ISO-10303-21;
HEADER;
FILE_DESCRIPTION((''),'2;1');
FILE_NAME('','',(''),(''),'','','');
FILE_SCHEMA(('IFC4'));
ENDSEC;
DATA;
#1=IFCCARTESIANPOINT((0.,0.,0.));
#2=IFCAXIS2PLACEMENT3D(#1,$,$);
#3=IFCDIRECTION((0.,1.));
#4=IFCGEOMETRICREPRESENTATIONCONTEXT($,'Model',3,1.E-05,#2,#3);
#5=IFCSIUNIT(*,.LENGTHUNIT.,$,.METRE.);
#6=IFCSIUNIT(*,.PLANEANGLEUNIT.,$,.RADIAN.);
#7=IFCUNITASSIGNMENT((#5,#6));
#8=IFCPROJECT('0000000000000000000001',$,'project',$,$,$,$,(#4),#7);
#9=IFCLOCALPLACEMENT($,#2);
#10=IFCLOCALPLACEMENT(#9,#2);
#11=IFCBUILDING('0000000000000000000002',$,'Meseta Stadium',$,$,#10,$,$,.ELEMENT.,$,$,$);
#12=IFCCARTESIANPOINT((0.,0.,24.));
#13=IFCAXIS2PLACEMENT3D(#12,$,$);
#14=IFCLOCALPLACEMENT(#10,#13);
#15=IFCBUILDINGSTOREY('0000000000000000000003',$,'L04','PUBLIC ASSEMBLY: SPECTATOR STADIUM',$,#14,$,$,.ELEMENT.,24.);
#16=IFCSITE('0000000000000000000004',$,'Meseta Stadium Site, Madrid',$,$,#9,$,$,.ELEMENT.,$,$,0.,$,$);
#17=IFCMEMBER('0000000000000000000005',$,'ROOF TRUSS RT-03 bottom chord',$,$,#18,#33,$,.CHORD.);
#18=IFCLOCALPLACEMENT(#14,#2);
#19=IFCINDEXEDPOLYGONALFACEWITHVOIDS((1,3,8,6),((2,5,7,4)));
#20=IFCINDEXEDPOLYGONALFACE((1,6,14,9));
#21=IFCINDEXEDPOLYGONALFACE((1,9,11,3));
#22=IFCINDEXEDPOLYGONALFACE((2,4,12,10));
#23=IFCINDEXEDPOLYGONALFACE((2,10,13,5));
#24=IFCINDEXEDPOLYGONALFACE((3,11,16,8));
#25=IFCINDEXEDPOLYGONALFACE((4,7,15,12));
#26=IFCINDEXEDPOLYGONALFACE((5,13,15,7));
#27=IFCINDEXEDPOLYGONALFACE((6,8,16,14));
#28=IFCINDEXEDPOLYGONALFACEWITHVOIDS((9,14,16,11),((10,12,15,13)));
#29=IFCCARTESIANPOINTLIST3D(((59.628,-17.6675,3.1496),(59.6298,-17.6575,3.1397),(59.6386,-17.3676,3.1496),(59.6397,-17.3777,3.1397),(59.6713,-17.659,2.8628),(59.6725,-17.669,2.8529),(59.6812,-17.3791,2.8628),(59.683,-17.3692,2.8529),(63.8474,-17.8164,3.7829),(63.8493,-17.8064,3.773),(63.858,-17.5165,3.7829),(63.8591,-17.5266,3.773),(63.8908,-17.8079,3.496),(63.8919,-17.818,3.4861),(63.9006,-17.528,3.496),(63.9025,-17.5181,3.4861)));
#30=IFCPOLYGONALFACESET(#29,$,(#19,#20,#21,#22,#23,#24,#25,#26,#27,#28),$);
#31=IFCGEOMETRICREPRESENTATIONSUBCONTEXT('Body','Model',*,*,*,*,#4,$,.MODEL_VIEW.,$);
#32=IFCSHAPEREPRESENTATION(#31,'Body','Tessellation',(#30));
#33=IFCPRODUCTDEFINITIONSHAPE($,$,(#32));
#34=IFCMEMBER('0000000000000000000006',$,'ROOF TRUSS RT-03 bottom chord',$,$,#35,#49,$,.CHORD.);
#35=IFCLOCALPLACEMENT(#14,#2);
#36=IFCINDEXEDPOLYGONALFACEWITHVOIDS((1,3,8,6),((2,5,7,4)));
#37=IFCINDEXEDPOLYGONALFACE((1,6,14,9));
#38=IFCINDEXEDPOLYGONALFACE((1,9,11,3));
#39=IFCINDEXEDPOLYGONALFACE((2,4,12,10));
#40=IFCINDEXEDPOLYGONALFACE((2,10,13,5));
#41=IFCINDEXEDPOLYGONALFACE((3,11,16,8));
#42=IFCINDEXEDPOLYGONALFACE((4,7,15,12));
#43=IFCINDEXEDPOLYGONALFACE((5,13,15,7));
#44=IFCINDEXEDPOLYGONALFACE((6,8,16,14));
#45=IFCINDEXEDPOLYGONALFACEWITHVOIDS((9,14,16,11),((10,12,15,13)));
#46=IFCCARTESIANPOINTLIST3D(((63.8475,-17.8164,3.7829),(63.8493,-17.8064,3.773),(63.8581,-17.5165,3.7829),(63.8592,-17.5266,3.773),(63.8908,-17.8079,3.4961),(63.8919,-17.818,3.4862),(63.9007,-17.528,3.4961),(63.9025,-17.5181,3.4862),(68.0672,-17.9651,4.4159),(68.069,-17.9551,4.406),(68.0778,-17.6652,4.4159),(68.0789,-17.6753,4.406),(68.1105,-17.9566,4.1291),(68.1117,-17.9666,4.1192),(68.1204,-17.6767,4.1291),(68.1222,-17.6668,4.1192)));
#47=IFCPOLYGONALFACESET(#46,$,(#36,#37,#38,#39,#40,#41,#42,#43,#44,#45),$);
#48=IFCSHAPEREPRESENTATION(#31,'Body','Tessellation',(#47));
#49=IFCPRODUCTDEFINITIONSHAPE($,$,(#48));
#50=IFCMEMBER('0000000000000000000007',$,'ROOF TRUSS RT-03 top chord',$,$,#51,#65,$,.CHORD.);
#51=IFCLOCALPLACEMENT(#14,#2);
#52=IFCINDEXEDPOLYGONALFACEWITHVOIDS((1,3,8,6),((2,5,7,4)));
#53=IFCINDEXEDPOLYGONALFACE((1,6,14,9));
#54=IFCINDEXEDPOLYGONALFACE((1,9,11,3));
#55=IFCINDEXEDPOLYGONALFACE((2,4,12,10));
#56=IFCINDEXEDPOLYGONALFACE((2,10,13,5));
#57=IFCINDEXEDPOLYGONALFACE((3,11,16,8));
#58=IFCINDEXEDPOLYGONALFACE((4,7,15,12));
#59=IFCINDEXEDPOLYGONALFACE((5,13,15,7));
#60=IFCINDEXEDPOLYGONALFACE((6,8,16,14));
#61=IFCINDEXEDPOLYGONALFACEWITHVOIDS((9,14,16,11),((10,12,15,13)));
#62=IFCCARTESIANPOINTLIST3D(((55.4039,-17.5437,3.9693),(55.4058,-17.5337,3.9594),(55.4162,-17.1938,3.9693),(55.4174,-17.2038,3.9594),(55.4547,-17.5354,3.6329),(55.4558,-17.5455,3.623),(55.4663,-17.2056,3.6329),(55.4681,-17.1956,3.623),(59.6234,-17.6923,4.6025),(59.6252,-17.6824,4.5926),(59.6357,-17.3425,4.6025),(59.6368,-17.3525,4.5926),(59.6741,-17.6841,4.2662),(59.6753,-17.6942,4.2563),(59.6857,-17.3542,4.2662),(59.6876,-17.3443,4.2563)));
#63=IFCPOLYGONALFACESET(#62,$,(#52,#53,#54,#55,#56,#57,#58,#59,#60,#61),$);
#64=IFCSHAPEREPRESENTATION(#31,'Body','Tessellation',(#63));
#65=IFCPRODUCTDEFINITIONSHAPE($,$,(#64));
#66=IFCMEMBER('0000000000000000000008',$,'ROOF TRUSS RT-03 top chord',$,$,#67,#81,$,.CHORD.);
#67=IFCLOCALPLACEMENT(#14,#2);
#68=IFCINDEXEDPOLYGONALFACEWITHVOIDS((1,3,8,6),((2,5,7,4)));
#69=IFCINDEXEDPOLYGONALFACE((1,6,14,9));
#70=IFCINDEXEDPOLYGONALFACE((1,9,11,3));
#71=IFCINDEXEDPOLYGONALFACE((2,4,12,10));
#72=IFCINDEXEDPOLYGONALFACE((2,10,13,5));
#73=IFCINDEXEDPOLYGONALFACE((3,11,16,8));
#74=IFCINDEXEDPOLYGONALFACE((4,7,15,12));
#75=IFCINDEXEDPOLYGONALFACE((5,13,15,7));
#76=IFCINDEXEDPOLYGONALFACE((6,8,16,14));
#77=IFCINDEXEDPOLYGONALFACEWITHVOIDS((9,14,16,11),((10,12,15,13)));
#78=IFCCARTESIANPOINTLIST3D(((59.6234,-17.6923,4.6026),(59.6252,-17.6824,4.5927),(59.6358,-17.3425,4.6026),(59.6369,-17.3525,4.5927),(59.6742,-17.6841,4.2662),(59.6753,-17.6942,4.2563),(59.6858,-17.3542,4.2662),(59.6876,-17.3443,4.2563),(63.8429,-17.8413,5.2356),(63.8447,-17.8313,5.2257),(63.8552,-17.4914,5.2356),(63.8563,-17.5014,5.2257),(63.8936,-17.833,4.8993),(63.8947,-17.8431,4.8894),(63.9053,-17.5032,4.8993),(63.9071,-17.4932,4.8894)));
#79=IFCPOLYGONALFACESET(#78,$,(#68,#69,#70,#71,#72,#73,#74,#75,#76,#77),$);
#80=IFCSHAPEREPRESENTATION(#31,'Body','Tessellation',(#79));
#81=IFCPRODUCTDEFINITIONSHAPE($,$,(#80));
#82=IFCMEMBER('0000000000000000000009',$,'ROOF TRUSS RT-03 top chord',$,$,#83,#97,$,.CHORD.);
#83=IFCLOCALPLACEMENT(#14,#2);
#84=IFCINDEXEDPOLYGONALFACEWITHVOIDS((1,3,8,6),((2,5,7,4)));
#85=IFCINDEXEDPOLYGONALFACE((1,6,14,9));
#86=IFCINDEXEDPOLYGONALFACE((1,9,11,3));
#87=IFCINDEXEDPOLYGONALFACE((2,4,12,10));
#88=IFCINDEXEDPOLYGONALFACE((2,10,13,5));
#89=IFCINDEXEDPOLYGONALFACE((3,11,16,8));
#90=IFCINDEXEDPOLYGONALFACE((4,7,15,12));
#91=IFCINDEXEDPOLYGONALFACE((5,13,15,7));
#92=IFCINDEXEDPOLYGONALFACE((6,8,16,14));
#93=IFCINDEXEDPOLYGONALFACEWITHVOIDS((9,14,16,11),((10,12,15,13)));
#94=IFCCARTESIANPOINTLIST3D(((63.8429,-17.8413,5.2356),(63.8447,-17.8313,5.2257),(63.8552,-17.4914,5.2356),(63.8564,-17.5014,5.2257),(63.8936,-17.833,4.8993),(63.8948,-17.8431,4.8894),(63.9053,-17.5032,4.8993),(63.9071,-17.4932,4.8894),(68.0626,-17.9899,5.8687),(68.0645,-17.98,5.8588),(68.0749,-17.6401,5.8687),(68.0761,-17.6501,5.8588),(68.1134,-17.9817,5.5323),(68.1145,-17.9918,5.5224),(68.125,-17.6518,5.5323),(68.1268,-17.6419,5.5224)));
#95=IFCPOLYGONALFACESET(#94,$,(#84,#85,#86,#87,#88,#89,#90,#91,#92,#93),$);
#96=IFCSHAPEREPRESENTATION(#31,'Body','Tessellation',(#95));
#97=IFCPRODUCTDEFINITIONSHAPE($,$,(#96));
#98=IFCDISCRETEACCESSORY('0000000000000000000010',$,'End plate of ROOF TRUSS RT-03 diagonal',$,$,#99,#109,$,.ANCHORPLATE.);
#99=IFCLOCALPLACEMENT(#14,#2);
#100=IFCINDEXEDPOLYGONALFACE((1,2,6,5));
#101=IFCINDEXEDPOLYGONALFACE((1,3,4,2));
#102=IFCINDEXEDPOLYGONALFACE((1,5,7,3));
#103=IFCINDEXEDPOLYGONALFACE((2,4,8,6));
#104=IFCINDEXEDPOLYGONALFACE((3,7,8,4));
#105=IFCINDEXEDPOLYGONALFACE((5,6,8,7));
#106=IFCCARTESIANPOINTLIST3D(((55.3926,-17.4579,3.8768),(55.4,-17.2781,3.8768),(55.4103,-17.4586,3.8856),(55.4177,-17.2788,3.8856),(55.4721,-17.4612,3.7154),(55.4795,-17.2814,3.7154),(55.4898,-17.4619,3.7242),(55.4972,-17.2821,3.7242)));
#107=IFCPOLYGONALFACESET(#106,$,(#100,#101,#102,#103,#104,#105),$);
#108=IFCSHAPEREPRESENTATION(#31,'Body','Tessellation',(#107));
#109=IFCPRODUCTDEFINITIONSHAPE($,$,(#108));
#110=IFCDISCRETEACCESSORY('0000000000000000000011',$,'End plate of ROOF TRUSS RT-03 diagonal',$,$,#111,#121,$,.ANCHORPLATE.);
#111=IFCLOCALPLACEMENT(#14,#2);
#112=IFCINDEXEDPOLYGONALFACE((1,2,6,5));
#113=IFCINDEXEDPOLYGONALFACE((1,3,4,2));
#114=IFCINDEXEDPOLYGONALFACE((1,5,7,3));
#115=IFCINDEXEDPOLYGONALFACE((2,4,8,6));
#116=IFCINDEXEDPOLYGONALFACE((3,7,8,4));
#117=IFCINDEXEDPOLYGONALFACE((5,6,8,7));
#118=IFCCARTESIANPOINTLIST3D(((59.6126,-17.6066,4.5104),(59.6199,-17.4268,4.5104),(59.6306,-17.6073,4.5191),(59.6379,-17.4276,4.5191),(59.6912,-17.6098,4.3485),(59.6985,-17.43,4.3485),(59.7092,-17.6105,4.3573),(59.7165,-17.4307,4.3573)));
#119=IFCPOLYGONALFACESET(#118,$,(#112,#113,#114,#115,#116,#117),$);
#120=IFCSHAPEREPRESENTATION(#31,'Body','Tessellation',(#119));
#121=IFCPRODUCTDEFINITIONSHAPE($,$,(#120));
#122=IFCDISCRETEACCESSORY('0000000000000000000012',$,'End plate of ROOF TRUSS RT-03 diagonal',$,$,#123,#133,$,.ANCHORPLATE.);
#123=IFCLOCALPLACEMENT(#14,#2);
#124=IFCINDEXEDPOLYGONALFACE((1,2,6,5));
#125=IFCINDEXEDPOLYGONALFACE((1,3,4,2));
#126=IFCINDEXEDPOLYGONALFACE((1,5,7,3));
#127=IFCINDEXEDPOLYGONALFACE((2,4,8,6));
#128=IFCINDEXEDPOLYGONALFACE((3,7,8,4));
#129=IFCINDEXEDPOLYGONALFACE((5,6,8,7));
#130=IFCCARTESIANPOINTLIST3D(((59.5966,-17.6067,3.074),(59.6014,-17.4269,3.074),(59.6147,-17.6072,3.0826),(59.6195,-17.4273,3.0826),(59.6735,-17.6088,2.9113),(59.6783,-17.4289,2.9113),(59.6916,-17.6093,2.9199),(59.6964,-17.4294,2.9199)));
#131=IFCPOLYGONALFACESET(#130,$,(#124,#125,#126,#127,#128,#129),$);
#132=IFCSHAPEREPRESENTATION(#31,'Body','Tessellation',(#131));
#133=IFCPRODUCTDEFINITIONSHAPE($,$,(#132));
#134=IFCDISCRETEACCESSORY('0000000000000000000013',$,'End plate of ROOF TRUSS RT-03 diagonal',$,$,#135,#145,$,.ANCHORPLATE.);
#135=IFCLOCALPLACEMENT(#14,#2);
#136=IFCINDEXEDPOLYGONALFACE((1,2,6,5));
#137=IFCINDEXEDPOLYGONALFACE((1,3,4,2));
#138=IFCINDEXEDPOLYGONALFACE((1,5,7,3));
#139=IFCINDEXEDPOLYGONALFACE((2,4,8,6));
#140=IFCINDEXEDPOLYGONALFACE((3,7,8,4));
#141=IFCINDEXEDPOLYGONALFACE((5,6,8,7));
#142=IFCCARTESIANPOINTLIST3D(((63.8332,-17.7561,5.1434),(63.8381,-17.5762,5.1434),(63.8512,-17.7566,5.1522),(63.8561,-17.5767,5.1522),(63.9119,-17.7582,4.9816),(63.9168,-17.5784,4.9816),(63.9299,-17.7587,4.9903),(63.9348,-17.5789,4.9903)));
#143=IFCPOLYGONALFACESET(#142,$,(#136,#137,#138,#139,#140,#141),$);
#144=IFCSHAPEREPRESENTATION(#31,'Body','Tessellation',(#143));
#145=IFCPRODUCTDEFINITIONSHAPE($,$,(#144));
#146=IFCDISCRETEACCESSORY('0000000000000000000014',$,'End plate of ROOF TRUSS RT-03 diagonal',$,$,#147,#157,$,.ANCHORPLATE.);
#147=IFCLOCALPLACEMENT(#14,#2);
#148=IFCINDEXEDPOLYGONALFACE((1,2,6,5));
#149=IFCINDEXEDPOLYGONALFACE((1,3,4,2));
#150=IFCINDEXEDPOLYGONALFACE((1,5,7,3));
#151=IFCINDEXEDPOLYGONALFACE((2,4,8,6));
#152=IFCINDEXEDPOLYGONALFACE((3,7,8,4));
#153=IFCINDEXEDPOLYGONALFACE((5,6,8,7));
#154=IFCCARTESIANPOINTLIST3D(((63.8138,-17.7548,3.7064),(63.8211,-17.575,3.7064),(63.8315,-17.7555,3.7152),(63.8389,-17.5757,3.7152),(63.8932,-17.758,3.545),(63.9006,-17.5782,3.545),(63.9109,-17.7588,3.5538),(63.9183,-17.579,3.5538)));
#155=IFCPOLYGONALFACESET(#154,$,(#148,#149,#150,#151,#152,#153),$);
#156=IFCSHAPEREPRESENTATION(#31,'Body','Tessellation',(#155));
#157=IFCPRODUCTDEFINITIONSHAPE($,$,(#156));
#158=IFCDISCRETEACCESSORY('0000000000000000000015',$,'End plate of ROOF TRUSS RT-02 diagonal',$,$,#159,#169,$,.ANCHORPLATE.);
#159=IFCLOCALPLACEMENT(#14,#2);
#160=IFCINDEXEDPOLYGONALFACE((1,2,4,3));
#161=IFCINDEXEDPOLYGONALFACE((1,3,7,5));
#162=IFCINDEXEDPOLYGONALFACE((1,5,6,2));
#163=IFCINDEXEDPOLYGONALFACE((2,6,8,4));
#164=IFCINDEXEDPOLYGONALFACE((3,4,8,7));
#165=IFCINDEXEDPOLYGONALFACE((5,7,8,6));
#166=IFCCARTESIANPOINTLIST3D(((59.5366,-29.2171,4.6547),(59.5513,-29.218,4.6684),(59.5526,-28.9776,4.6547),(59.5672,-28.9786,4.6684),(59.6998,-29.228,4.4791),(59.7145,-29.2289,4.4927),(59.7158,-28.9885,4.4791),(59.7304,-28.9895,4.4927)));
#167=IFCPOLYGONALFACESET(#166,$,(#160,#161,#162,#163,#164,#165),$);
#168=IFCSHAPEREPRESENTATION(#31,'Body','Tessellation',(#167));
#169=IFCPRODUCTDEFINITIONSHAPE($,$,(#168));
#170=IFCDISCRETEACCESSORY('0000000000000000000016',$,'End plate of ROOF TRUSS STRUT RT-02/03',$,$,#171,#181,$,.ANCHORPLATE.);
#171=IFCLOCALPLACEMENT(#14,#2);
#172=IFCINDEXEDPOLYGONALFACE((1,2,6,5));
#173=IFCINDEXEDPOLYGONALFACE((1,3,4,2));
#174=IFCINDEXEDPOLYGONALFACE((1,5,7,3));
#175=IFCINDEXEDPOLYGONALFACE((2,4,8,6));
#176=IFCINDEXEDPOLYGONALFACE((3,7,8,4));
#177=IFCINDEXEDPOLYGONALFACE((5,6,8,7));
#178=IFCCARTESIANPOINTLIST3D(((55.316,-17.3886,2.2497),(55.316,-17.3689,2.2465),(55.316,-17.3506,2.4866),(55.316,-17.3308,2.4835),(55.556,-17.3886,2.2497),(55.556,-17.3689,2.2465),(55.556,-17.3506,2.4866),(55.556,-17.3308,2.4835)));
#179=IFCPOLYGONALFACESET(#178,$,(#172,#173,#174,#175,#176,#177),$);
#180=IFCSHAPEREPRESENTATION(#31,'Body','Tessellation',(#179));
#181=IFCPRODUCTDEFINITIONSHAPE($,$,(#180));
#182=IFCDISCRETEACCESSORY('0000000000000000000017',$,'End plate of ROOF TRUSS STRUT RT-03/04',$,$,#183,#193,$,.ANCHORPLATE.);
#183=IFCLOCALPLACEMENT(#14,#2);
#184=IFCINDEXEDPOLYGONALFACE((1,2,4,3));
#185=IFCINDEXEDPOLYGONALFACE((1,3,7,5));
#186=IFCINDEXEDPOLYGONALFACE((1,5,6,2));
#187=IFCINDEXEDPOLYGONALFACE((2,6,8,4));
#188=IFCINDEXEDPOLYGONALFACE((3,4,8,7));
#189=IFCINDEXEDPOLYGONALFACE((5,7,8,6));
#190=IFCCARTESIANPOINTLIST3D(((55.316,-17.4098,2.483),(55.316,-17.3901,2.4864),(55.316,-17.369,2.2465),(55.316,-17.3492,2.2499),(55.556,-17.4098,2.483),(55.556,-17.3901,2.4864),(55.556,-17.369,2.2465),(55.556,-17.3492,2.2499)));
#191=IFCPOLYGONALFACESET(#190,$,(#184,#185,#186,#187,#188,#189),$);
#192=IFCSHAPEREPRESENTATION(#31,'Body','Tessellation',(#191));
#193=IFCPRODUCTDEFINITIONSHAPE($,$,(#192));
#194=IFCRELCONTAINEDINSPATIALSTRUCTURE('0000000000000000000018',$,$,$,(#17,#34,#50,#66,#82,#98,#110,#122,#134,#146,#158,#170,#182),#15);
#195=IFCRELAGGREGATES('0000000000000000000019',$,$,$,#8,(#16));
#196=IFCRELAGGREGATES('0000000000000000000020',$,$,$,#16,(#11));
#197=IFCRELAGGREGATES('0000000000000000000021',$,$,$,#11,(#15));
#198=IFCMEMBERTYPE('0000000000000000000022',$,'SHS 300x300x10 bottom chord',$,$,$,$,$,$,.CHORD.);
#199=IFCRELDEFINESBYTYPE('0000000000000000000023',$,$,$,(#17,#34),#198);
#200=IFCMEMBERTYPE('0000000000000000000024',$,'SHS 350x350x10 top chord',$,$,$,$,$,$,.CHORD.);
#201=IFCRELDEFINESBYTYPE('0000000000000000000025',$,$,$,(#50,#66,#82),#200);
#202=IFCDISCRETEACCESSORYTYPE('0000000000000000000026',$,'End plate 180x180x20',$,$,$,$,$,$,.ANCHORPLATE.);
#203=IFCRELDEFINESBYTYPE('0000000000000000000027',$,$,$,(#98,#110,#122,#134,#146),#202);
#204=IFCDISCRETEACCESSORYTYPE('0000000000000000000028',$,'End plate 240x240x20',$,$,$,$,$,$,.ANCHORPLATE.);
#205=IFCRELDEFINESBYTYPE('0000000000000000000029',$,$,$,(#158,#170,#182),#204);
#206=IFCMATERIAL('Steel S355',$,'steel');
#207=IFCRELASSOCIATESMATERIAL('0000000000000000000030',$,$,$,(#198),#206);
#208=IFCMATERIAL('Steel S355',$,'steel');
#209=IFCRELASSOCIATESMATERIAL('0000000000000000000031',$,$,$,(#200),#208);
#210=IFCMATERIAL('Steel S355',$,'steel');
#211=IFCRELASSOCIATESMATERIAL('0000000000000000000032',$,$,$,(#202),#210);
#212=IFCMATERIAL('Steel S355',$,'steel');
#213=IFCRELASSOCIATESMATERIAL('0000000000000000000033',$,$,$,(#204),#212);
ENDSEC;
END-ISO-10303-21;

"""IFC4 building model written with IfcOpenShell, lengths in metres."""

from ifc_helpers import new_model, si_unit, direction, frame, origin, origin_2d, place, context, subcontext, project, spatial, rectangle, hollow_rectangle, extrude, material, material_profile, profile_set, type_object, element, save


model = new_model("IFC4")

# Units and contexts
model_context = context("Model", 3, precision=1e-05, world=origin(), true_north=direction((0.0, 1.0)))
body_context = subcontext(model_context, "Body", "Model", "MODEL_VIEW")
ifc_project = project(units=[si_unit("LENGTHUNIT", "METRE"), si_unit("PLANEANGLEUNIT", "RADIAN")], contexts=[model_context])

# Site, building, storey
site_placement = place(None, origin())
site = spatial("IfcSite", under=ifc_project, at=site_placement, Name="Meseta Stadium Site, Madrid", CompositionType="ELEMENT", RefElevation=0.0)
building_placement = place(site_placement, origin())
building = spatial("IfcBuilding", under=site, at=building_placement, Name="Meseta Stadium", CompositionType="ELEMENT")
storey_placement = place(building_placement, frame((0.0, 0.0, 24.0)))
storey = spatial("IfcBuildingStorey", under=building, at=storey_placement, Name="L04", Description="PUBLIC ASSEMBLY: SPECTATOR STADIUM", CompositionType="ELEMENT", Elevation=24.0)

# Members
ifc_material_1 = material(Name="Steel S355", Category="steel")
ifc_material_profile_1 = material_profile(ifc_material_1, hollow_rectangle(XDim=0.3, YDim=0.3, WallThickness=0.01, at=origin_2d()), Name="SHS 300x300x10")
ifc_profile_set_1 = profile_set([ifc_material_profile_1], Name="Steel S355")
member_type_1 = type_object("IfcMemberType", Name="SHS 300x300x10 bottom chord", PredefinedType="CHORD", material=ifc_profile_set_1)
for number, where, z_axis, x_axis, name in (
    (1, (59.6555, -17.5183, 3.0012), (0.988321, -0.034883, 0.148337), (0.035273, 0.999378, 0.0), "ROOF TRUSS RT-03 bottom chord"),
):
    element("IfcMember", number, at=place(storey_placement, frame(where, z_axis=z_axis, x_axis=x_axis)), inside=storey, type_object=member_type_1, Name=name, PredefinedType="CHORD", context=body_context, shape_type="SweptSolid", body=[
        extrude(hollow_rectangle(XDim=0.3, YDim=0.3, WallThickness=0.01, at=origin_2d()), origin(), (0.0, 0.0, 1.0), 4.2693),
    ])
member_1_placement = place(storey_placement, frame((63.875, -17.6672, 3.6345), z_axis=(0.988333, -0.034824, 0.148273), x_axis=(0.035213, 0.99938, 0.0)))
element("IfcMember", 2, at=member_1_placement, inside=storey, type_object=member_type_1, Name="ROOF TRUSS RT-03 bottom chord", PredefinedType="CHORD", context=body_context, shape_type="SweptSolid", body=[
    extrude(hollow_rectangle(XDim=0.3, YDim=0.3, WallThickness=0.01, at=origin_2d()), origin(), (0.0, 0.0, 1.0), 4.2695),
])
ifc_material_2 = material(Name="Steel S355", Category="steel")
ifc_material_profile_2 = material_profile(ifc_material_2, hollow_rectangle(XDim=0.3501, YDim=0.3501, WallThickness=0.01, at=origin_2d()), Name="SHS 350x350x10")
ifc_profile_set_2 = profile_set([ifc_material_profile_2], Name="Steel S355")
member_type_2 = type_object("IfcMemberType", Name="SHS 350x350x10 top chord", PredefinedType="CHORD", material=ifc_profile_set_2)
for number, where, z_axis, x_axis, name in (
    (3, (55.436, -17.3696, 3.7961), (0.988323, -0.034825, 0.148337), (0.035215, 0.99938, 0.0), "ROOF TRUSS RT-03 top chord"),
    (4, (59.6555, -17.5183, 4.4294), (0.98833, -0.034883, 0.148281), (0.035273, 0.999378, 0.0), "ROOF TRUSS RT-03 top chord"),
):
    element("IfcMember", number, at=place(storey_placement, frame(where, z_axis=z_axis, x_axis=x_axis)), inside=storey, type_object=member_type_2, Name=name, PredefinedType="CHORD", context=body_context, shape_type="SweptSolid", body=[
        extrude(hollow_rectangle(XDim=0.3501, YDim=0.3501, WallThickness=0.01, at=origin_2d()), origin(), (0.0, 0.0, 1.0), 4.2693),
    ])
member_2_placement = place(storey_placement, frame((63.875, -17.6672, 5.0625), z_axis=(0.988333, -0.034824, 0.148273), x_axis=(0.035213, 0.99938, 0.0)))
element("IfcMember", 5, at=member_2_placement, inside=storey, type_object=member_type_2, Name="ROOF TRUSS RT-03 top chord", PredefinedType="CHORD", context=body_context, shape_type="SweptSolid", body=[
    extrude(hollow_rectangle(XDim=0.3501, YDim=0.3501, WallThickness=0.01, at=origin_2d()), origin(), (0.0, 0.0, 1.0), 4.2695),
])

# Discrete accessories
ifc_material_3 = material(Name="Steel S355", Category="steel")
ifc_material_profile_3 = material_profile(ifc_material_3, rectangle(XDim=0.1799, YDim=0.1799, at=origin_2d()), Name="PL 180x180")
ifc_profile_set_3 = profile_set([ifc_material_profile_3], Name="Steel S355")
discrete_accessory_type_1 = type_object("IfcDiscreteAccessoryType", Name="End plate 180x180x20", PredefinedType="ANCHORPLATE", material=ifc_profile_set_3)
discrete_accessory_1_placement = place(storey_placement, frame((55.436, -17.3696, 3.7961), z_axis=(0.896262, -0.036833, 0.441992), x_axis=(0.041061, 0.999157, 0.0)))
element("IfcDiscreteAccessory", 6, at=discrete_accessory_1_placement, inside=storey, type_object=discrete_accessory_type_1, Name="End plate of ROOF TRUSS RT-03 diagonal", PredefinedType="ANCHORPLATE", context=body_context, shape_type="SweptSolid", body=[
    extrude(rectangle(XDim=0.1799, YDim=0.1799, at=origin_2d()), origin(), (0.0, 0.0, 1.0), 0.0198),
])
for number, where, z_axis, x_axis, name in (
    (7, (59.6555, -17.5183, 4.4294), (0.898638, -0.036431, 0.437175), (0.040507, 0.999179, 0.0), "End plate of ROOF TRUSS RT-03 diagonal"),
    (8, (59.6375, -17.5178, 2.9927), (0.903717, -0.024425, 0.427434), (0.027017, 0.999635, 0.0), "End plate of ROOF TRUSS RT-03 diagonal"),
    (9, (63.875, -17.6672, 5.0625), (0.89897, -0.024296, 0.437337), (0.027017, 0.999635, 0.0), "End plate of ROOF TRUSS RT-03 diagonal"),
):
    element("IfcDiscreteAccessory", number, at=place(storey_placement, frame(where, z_axis=z_axis, x_axis=x_axis)), inside=storey, type_object=discrete_accessory_type_1, Name=name, PredefinedType="ANCHORPLATE", context=body_context, shape_type="SweptSolid", body=[
        extrude(rectangle(XDim=0.1799, YDim=0.1799, at=origin_2d()), origin(), (0.0, 0.0, 1.0), 0.02),
    ])
discrete_accessory_2_placement = place(storey_placement, frame((63.8572, -17.6665, 3.6257), z_axis=(0.896262, -0.036833, 0.441992), x_axis=(0.041061, 0.999157, 0.0)))
element("IfcDiscreteAccessory", 10, at=discrete_accessory_2_placement, inside=storey, type_object=discrete_accessory_type_1, Name="End plate of ROOF TRUSS RT-03 diagonal", PredefinedType="ANCHORPLATE", context=body_context, shape_type="SweptSolid", body=[
    extrude(rectangle(XDim=0.1799, YDim=0.1799, at=origin_2d()), origin(), (0.0, 0.0, 1.0), 0.0198),
])
ifc_material_4 = material(Name="Steel S355", Category="steel")
ifc_material_profile_4 = material_profile(ifc_material_4, rectangle(XDim=0.24, YDim=0.24, at=origin_2d()), Name="PL 240x240")
ifc_profile_set_4 = profile_set([ifc_material_profile_4], Name="Steel S355")
discrete_accessory_type_2 = type_object("IfcDiscreteAccessoryType", Name="End plate 240x240x20", PredefinedType="ANCHORPLATE", material=ifc_profile_set_4)
for number, where, z_axis, x_axis, name in (
    (11, (59.6262, -29.1028, 4.5669), (0.730189, -0.048679, 0.681509), (0.066519, 0.997785, 0.0), "End plate of ROOF TRUSS RT-02 diagonal"),
    (12, (55.436, -17.3696, 2.3682), (0.0, 0.987364, -0.158466), (-1.0, 0.0, 0.0), "End plate of ROOF TRUSS STRUT RT-02/03"),
    (13, (55.436, -17.3894, 2.3647), (0.0, 0.98539, 0.170314), (-1.0, 0.0, 0.0), "End plate of ROOF TRUSS STRUT RT-03/04"),
):
    element("IfcDiscreteAccessory", number, at=place(storey_placement, frame(where, z_axis=z_axis, x_axis=x_axis)), inside=storey, type_object=discrete_accessory_type_2, Name=name, PredefinedType="ANCHORPLATE", context=body_context, shape_type="SweptSolid", body=[
        extrude(rectangle(XDim=0.24, YDim=0.24, at=origin_2d()), origin(), (0.0, 0.0, 1.0), 0.02),
    ])

save(model, "model.ifc")
